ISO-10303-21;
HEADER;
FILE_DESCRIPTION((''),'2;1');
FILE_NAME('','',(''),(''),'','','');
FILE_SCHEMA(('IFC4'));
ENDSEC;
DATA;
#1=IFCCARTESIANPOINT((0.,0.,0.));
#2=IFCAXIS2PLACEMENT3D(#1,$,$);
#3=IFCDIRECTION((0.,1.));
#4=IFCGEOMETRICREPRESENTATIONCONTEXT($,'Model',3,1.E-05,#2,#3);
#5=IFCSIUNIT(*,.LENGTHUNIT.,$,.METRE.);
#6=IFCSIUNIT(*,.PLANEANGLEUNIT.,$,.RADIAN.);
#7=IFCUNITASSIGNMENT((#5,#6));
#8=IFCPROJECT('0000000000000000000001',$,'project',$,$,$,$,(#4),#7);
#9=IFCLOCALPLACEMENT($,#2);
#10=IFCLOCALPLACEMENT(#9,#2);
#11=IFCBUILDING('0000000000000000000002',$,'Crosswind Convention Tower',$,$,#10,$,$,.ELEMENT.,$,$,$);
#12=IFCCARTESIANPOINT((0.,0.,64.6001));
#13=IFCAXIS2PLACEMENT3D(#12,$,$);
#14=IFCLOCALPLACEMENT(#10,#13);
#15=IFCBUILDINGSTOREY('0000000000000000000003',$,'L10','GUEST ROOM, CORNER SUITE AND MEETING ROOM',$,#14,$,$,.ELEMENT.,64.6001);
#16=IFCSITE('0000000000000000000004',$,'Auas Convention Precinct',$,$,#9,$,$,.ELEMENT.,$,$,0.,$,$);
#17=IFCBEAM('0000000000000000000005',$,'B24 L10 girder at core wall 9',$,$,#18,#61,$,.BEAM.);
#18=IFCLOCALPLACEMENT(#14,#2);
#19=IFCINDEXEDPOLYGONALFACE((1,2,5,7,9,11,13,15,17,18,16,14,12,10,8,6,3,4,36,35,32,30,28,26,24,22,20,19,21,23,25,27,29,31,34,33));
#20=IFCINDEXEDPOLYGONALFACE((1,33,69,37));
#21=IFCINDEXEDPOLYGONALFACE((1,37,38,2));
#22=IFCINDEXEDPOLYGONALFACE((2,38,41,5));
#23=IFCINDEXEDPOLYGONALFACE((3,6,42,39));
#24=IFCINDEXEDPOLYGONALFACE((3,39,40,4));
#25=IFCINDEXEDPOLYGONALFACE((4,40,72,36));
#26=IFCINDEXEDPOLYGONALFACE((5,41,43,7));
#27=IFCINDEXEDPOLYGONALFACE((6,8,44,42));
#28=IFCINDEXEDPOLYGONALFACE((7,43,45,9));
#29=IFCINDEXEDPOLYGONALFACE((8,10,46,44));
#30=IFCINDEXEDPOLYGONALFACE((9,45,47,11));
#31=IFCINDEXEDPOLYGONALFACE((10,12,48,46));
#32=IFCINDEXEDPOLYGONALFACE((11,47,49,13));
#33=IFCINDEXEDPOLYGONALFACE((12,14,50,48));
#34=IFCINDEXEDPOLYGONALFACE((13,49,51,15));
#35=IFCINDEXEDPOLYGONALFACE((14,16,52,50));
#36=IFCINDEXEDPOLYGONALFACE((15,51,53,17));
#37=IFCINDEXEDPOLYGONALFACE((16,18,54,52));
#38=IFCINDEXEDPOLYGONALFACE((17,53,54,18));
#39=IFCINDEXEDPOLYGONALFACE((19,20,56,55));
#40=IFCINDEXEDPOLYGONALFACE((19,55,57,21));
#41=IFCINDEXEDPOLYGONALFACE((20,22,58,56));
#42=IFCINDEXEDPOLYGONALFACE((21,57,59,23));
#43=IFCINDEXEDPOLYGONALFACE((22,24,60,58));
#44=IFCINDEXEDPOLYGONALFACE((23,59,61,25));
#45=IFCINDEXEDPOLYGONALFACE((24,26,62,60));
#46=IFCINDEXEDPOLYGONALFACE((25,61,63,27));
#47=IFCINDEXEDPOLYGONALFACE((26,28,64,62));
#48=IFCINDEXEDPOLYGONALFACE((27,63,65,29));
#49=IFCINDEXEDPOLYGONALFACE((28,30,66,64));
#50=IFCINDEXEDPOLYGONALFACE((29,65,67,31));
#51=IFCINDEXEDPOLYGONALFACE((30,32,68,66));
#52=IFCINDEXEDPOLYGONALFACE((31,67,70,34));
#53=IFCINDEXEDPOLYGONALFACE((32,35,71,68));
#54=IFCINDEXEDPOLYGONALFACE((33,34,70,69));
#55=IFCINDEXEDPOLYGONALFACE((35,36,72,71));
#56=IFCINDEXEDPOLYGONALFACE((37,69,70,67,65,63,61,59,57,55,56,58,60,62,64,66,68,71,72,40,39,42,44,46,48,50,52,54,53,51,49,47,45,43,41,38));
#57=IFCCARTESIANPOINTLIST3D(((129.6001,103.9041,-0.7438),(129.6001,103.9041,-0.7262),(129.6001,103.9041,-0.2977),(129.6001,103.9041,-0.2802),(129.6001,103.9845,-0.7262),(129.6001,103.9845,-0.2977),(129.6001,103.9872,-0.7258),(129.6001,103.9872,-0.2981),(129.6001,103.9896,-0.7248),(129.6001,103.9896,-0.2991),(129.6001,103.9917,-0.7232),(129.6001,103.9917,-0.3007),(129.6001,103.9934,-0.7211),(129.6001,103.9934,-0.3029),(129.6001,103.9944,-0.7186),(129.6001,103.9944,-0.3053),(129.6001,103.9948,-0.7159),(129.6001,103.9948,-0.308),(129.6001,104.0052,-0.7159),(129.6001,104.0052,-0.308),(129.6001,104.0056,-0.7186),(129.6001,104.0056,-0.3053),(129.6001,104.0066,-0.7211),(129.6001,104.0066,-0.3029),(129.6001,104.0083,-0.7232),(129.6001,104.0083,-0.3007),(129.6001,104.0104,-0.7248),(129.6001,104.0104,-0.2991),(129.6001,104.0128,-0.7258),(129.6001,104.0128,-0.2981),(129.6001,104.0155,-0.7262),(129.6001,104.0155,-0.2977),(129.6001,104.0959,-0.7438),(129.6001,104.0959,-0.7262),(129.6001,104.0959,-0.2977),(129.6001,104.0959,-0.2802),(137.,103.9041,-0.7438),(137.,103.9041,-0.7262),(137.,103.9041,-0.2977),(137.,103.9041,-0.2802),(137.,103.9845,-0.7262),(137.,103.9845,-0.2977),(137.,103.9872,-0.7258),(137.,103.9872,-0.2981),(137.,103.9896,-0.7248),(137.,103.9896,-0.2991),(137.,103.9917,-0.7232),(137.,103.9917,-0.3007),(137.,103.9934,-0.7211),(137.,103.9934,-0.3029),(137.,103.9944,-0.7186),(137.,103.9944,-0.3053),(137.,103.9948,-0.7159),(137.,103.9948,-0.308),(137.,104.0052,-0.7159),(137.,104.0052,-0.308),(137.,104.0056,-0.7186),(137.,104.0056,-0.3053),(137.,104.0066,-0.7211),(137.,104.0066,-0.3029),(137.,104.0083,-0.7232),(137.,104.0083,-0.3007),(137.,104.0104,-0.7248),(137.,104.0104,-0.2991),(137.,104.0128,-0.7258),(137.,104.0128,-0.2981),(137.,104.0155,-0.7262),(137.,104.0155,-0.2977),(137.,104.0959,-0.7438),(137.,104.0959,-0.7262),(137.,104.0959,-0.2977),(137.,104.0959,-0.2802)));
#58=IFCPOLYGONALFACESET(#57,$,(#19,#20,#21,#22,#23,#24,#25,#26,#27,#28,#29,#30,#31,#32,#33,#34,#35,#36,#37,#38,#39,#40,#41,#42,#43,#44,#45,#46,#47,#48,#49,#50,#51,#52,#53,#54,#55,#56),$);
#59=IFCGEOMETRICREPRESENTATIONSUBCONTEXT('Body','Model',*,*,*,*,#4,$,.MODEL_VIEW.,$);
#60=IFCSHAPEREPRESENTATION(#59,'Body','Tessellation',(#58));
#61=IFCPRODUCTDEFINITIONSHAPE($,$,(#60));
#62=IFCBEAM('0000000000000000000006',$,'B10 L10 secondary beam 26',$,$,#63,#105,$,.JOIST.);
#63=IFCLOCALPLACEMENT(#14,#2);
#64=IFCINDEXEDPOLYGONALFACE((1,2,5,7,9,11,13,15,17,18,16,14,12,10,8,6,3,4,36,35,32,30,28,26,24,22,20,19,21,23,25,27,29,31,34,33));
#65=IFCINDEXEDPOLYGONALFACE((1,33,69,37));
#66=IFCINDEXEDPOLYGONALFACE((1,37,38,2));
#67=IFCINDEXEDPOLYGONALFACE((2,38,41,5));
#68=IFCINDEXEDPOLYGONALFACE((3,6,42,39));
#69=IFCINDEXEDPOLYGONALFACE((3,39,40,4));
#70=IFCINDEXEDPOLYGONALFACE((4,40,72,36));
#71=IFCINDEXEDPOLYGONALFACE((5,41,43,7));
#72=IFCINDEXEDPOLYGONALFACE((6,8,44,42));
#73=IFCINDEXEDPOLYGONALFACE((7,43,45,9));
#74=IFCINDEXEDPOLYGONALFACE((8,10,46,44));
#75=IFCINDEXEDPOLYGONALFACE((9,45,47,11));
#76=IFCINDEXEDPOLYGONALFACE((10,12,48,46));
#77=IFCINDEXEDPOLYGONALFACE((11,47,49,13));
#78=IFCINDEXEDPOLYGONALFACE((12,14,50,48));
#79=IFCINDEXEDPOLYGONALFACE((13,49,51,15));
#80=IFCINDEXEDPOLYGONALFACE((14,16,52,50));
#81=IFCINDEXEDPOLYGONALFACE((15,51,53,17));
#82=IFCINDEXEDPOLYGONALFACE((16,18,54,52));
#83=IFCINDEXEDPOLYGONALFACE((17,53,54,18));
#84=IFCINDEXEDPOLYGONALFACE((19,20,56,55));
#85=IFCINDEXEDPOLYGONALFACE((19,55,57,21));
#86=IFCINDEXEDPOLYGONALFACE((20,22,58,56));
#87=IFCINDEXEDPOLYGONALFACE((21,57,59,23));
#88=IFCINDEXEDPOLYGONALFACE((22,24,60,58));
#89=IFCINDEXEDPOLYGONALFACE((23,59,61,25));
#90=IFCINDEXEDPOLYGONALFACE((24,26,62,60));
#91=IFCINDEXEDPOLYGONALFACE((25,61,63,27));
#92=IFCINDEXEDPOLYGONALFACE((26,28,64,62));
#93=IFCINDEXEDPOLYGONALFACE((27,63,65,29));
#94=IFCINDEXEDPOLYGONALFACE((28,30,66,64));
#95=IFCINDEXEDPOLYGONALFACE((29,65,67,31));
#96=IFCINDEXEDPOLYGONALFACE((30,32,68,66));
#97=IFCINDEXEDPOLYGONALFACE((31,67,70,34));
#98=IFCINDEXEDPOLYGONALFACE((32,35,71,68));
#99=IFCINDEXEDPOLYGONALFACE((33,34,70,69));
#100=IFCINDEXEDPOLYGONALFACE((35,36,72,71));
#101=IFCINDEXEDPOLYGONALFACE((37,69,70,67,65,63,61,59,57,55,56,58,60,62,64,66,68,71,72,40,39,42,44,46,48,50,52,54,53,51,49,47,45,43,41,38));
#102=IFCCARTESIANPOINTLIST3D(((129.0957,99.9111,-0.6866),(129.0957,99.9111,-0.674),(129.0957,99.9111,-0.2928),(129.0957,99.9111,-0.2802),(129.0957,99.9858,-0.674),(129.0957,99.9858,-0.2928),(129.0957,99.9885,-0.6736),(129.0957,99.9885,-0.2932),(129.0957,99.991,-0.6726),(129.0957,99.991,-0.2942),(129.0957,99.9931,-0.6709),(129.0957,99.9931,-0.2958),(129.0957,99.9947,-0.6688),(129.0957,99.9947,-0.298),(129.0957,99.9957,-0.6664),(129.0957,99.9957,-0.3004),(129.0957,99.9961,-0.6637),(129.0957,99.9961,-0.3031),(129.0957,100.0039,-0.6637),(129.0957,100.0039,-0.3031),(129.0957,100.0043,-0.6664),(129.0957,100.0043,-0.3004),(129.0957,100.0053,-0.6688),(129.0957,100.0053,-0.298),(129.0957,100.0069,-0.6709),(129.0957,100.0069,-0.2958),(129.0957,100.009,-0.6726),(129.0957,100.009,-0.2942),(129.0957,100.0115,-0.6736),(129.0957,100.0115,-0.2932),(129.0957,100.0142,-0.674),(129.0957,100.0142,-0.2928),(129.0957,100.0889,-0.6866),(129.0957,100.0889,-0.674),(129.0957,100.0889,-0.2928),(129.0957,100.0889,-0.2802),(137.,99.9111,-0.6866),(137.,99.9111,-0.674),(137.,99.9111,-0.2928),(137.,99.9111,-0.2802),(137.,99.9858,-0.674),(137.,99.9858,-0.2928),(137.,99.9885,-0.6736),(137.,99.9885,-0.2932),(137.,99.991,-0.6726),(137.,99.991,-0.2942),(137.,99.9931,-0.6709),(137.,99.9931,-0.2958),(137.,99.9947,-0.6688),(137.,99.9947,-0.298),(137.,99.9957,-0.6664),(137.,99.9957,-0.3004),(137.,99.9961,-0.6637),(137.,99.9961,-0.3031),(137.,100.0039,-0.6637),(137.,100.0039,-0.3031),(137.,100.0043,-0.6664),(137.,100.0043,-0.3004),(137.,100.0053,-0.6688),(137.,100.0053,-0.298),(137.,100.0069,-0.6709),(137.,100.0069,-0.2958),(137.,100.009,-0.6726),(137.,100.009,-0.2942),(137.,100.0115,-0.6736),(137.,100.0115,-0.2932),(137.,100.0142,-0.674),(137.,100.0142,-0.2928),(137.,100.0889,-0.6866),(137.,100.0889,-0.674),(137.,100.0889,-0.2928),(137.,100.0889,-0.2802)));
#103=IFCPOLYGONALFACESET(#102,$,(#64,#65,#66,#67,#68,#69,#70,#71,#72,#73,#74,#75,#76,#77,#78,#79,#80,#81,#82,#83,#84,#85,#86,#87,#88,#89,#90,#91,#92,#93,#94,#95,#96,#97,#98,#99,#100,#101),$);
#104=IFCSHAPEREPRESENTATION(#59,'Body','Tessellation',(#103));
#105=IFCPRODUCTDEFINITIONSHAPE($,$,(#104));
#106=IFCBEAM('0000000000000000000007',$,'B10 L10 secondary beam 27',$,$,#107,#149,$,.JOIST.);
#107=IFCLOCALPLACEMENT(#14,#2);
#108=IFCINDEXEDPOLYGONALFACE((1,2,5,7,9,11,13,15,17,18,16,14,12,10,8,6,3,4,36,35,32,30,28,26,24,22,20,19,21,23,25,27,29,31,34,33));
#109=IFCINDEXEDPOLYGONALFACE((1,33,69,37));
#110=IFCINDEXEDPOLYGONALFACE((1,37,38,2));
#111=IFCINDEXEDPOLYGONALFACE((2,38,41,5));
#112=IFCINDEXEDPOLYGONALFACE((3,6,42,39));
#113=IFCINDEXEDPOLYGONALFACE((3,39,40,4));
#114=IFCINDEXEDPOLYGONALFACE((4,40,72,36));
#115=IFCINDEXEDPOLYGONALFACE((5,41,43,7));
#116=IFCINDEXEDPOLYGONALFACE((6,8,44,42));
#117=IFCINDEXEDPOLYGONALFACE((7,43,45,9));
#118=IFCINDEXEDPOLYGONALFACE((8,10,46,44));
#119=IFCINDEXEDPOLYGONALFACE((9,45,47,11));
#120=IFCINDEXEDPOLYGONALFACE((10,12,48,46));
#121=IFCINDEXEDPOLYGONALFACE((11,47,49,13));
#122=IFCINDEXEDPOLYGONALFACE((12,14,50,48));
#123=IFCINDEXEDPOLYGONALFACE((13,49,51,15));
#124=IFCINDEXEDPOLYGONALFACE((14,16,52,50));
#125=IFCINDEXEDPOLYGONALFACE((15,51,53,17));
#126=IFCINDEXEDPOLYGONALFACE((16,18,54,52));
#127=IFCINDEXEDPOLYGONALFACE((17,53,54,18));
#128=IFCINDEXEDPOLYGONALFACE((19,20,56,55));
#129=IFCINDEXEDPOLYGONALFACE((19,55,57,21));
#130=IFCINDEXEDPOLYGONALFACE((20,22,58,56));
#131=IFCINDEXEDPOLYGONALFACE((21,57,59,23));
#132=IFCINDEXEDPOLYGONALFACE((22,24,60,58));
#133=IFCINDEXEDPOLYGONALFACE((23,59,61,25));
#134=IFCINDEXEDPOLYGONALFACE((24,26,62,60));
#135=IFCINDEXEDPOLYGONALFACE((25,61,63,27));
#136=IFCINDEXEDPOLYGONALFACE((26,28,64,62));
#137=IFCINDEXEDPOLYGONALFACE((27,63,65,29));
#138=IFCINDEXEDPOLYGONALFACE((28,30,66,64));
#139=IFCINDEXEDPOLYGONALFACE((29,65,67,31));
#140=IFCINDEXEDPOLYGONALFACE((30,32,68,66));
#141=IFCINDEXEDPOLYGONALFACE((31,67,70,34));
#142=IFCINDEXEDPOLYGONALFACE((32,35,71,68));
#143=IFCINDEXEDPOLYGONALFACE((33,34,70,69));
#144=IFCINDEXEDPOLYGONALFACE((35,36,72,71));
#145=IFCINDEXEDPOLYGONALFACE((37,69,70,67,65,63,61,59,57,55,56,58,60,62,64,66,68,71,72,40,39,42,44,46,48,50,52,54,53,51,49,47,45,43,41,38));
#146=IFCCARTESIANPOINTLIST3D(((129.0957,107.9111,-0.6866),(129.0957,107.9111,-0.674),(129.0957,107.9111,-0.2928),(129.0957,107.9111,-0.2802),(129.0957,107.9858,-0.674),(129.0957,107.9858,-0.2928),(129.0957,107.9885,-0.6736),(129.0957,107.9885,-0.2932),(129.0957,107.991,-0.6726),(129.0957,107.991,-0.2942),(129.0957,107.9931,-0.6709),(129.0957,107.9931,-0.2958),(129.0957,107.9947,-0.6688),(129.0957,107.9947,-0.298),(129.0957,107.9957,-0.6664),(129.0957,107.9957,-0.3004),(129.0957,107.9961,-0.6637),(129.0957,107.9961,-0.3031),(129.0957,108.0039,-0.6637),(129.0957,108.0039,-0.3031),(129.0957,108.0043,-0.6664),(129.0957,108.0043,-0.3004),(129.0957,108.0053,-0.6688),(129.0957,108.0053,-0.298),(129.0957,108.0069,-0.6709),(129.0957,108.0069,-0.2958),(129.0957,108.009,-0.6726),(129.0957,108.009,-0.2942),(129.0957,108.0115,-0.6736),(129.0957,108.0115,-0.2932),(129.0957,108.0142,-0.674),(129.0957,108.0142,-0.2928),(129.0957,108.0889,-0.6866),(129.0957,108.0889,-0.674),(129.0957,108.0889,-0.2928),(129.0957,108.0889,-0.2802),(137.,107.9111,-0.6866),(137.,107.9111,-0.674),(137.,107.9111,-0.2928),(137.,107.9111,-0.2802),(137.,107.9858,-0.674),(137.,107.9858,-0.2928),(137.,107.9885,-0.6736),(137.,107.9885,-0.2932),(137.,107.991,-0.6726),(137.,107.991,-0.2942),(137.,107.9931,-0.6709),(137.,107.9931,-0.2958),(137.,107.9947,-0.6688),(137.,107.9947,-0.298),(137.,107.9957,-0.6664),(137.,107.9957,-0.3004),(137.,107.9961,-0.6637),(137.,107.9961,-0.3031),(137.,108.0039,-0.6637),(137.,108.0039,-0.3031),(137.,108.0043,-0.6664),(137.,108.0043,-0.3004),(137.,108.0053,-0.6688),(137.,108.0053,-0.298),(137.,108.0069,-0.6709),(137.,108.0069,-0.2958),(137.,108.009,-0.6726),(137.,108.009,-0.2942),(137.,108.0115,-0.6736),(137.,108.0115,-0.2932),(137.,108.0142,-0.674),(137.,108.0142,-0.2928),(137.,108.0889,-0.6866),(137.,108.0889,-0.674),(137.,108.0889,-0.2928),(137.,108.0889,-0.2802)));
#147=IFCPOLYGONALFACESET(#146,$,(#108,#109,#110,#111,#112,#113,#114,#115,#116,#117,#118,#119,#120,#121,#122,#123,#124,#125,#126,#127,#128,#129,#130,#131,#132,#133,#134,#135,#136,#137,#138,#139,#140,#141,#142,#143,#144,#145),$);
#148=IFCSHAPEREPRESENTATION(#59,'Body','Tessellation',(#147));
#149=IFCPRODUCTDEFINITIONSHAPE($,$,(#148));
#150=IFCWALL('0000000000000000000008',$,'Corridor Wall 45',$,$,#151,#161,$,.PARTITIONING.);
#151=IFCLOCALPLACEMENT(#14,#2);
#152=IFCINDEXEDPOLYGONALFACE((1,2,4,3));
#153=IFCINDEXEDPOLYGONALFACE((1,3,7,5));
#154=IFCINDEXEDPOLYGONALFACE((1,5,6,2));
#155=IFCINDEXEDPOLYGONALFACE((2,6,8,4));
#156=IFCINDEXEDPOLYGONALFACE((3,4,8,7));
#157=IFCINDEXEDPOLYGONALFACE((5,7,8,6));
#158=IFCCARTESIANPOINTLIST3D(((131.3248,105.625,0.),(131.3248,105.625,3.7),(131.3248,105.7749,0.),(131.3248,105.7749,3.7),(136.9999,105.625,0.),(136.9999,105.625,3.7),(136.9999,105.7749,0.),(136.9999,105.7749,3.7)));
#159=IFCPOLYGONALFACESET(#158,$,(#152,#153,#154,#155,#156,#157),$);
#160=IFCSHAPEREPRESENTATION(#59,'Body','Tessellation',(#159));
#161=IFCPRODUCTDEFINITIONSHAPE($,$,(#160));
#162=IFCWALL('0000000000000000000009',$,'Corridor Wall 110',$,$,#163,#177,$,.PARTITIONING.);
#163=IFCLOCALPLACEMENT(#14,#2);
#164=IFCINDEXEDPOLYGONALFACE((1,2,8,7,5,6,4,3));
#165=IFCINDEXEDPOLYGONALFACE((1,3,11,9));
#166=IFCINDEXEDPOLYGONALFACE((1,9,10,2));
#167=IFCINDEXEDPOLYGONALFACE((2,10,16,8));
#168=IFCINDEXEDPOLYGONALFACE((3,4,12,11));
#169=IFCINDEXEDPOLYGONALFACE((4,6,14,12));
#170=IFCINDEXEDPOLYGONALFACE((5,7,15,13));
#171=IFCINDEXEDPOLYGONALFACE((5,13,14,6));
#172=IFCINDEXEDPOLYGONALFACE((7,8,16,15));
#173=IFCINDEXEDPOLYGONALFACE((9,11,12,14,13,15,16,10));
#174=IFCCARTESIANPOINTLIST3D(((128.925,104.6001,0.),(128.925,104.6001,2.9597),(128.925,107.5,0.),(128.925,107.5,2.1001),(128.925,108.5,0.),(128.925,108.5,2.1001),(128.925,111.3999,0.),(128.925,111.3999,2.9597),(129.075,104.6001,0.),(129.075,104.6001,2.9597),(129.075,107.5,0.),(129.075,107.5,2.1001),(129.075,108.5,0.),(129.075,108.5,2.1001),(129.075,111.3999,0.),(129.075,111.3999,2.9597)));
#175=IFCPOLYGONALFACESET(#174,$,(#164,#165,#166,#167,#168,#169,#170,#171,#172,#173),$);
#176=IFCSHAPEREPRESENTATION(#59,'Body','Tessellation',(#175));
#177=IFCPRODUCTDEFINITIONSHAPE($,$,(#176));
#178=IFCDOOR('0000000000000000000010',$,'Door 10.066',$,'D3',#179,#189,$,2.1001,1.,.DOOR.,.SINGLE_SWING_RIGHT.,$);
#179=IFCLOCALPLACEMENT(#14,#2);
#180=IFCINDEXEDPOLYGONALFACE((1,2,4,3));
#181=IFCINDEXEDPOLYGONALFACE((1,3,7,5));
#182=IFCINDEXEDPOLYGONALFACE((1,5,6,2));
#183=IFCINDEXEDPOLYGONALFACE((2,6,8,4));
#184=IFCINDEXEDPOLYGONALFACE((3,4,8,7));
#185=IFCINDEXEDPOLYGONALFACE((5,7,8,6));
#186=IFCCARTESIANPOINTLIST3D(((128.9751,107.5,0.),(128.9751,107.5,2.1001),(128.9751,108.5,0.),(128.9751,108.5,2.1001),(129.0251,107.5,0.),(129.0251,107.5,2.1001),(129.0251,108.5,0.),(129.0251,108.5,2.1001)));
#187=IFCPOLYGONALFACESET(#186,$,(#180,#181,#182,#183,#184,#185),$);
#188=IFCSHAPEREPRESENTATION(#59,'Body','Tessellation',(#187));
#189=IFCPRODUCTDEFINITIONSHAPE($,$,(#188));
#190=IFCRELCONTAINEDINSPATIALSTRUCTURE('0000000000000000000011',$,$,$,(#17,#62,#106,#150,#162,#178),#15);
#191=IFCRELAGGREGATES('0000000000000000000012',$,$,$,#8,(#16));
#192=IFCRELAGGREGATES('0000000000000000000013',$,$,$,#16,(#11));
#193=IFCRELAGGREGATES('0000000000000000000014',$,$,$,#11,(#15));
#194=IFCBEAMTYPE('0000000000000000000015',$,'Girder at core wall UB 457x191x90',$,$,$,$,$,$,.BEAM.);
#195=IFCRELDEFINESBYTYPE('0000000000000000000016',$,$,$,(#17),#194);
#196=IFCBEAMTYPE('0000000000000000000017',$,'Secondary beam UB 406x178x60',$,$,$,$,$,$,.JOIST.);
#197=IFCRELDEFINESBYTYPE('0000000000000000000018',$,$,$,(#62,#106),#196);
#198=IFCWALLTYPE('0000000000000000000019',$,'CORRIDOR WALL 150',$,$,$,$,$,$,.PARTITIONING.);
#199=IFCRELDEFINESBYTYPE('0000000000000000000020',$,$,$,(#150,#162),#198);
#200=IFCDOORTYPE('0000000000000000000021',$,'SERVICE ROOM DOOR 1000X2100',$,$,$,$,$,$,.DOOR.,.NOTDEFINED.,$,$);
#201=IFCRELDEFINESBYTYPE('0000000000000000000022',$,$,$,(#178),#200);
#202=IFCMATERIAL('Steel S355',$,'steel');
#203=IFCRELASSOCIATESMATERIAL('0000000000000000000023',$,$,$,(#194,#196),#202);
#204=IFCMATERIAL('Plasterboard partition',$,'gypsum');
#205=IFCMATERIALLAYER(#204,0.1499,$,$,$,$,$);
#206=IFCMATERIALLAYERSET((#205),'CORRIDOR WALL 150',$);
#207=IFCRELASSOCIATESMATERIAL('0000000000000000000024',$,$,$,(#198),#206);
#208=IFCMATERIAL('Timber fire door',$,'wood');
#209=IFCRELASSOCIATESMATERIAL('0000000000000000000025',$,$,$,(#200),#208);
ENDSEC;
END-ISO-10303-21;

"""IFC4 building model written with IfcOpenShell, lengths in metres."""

from ifc_helpers import new_model, si_unit, direction, frame, frame_2d, origin, origin_2d, place, context, subcontext, project, spatial, rectangle, i_section, extrude, material, layer, layer_set, material_profile, profile_set, type_object, element, fill, save


model = new_model("IFC4")

# Units and contexts
model_context = context("Model", 3, precision=1e-05, world=origin(), true_north=direction((0.0, 1.0)))
body_context = subcontext(model_context, "Body", "Model", "MODEL_VIEW")
ifc_project = project(units=[si_unit("LENGTHUNIT", "METRE"), si_unit("PLANEANGLEUNIT", "RADIAN")], contexts=[model_context])

# Site, building, storey
site_placement = place(None, origin())
site = spatial("IfcSite", under=ifc_project, at=site_placement, Name="Auas Convention Precinct", CompositionType="ELEMENT", RefElevation=0.0)
building_placement = place(site_placement, origin())
building = spatial("IfcBuilding", under=site, at=building_placement, Name="Crosswind Convention Tower", CompositionType="ELEMENT")
storey_placement = place(building_placement, frame((0.0, 0.0, 64.6001)))
storey = spatial("IfcBuildingStorey", under=building, at=storey_placement, Name="L10", Description="GUEST ROOM, CORNER SUITE AND MEETING ROOM", CompositionType="ELEMENT", Elevation=64.6001)

# Beams
ifc_material_1 = material(Name="Steel S355", Category="steel")
ifc_material_profile_1 = material_profile(ifc_material_1, i_section(OverallWidth=0.1919, OverallDepth=0.4636, WebThickness=0.0105, FlangeThickness=0.0176, FilletRadius=0.0103, at=origin_2d()), Name="UB 457x191x90")
ifc_profile_set_1 = profile_set([ifc_material_profile_1], Name="Steel S355")
beam_type_1 = type_object("IfcBeamType", Name="Girder at core wall UB 457x191x90", PredefinedType="BEAM", material=ifc_profile_set_1)
beam_placement = place(storey_placement, frame((129.6001, 104.0, -0.512), z_axis=(1.0, 0.0, 0.0), x_axis=(0.0, 1.0, 0.0)))
element("IfcBeam", 1, at=beam_placement, inside=storey, type_object=beam_type_1, Name="B24 L10 girder at core wall 9", PredefinedType="BEAM", context=body_context, shape_type="SweptSolid", body=[
    extrude(i_section(OverallWidth=0.1919, OverallDepth=0.4636, WebThickness=0.0105, FlangeThickness=0.0176, FilletRadius=0.0103, at=origin_2d()), origin(), (0.0, 0.0, 1.0), 7.3999),
])
ifc_material_profile_2 = material_profile(ifc_material_1, i_section(OverallWidth=0.1777, OverallDepth=0.4065, WebThickness=0.0078, FlangeThickness=0.0127, FilletRadius=0.0103, at=origin_2d()), Name="UB 406x178x60")
ifc_profile_set_2 = profile_set([ifc_material_profile_2], Name="Steel S355")
beam_type_2 = type_object("IfcBeamType", Name="Secondary beam UB 406x178x60", PredefinedType="JOIST", material=ifc_profile_set_2)
for number, where, z_axis, x_axis, name in (
    (2, (129.0957, 100.0, -0.4834), (1.0, 0.0, 0.0), (0.0, 1.0, 0.0), "B10 L10 secondary beam 26"),
    (3, (129.0957, 108.0, -0.4834), (1.0, 0.0, 0.0), (0.0, 1.0, 0.0), "B10 L10 secondary beam 27"),
):
    element("IfcBeam", number, at=place(storey_placement, frame(where, z_axis=z_axis, x_axis=x_axis)), inside=storey, type_object=beam_type_2, Name=name, PredefinedType="JOIST", context=body_context, shape_type="SweptSolid", body=[
        extrude(i_section(OverallWidth=0.1777, OverallDepth=0.4065, WebThickness=0.0078, FlangeThickness=0.0127, FilletRadius=0.0103, at=origin_2d()), origin(), (0.0, 0.0, 1.0), 7.9043),
    ])

# Wall
ifc_material_2 = material(Name="Plasterboard partition", Category="gypsum")
ifc_layer_1 = layer(ifc_material_2, 0.1499)
ifc_layer_set_1 = layer_set([ifc_layer_1], Name="CORRIDOR WALL 150")
wall_type_1 = type_object("IfcWallType", Name="CORRIDOR WALL 150", PredefinedType="PARTITIONING", material=ifc_layer_set_1)
wall_1_placement = place(storey_placement, frame((131.325, 105.7, 0.0), z_axis=(0.0, 0.0, 1.0), x_axis=(1.0, 0.0, 0.0)))
element("IfcWall", 4, at=wall_1_placement, inside=storey, type_object=wall_type_1, Name="Corridor Wall 45", PredefinedType="PARTITIONING", context=body_context, shape_type="SweptSolid", body=[
    extrude(rectangle(XDim=5.675, YDim=0.1499, at=frame_2d((2.8374, 0.0))), origin(), (0.0, 0.0, 1.0), 3.7),
])

# Wall, opening, door
wall_2_placement = place(storey_placement, frame((129.0, 104.6001, 0.0), z_axis=(0.0, 0.0, 1.0), x_axis=(0.0, 1.0, 0.0)))
wall_2 = element("IfcWall", 5, at=wall_2_placement, inside=storey, type_object=wall_type_1, Name="Corridor Wall 110", PredefinedType="PARTITIONING", context=body_context, shape_type="SweptSolid", body=[
    extrude(rectangle(XDim=6.7998, YDim=0.1499, at=frame_2d((3.3999, 0.0))), origin(), (0.0, 0.0, 1.0), 2.9597),
])
opening_1_placement = place(wall_2_placement, frame((2.8999, 0.0, 0.0)))
opening_1 = element("IfcOpeningElement", 6, at=opening_1_placement, cuts=wall_2, PredefinedType="OPENING", context=body_context, shape_type="SweptSolid", body=[
    extrude(rectangle(XDim=1.0, YDim=2.1001, at=frame_2d((0.5, 1.05))), frame((0.0, 0.085, 0.0), z_axis=(0.0, -1.0, 0.0), x_axis=(1.0, 0.0, 0.0)), (0.0, 0.0, 1.0), 0.1699),
])
ifc_material_3 = material(Name="Timber fire door", Category="wood")
door_type_1 = type_object("IfcDoorType", Name="SERVICE ROOM DOOR 1000X2100", OperationType="NOTDEFINED", PredefinedType="DOOR", material=ifc_material_3)
door_1_placement = place(opening_1_placement, origin())
door_1 = element("IfcDoor", 7, at=door_1_placement, inside=storey, type_object=door_type_1, Name="Door 10.066", ObjectType="D3", OperationType="SINGLE_SWING_RIGHT", OverallHeight=2.1001, OverallWidth=1.0, PredefinedType="DOOR", context=body_context, shape_type="SweptSolid", body=[
    extrude(rectangle(XDim=1.0, YDim=2.1001, at=frame_2d((0.5, 1.05))), frame((0.0, 0.0249, 0.0), z_axis=(0.0, -1.0, 0.0), x_axis=(1.0, 0.0, 0.0)), (0.0, 0.0, 1.0), 0.05),
])
fill(opening_1, door_1)

save(model, "model.ifc")
